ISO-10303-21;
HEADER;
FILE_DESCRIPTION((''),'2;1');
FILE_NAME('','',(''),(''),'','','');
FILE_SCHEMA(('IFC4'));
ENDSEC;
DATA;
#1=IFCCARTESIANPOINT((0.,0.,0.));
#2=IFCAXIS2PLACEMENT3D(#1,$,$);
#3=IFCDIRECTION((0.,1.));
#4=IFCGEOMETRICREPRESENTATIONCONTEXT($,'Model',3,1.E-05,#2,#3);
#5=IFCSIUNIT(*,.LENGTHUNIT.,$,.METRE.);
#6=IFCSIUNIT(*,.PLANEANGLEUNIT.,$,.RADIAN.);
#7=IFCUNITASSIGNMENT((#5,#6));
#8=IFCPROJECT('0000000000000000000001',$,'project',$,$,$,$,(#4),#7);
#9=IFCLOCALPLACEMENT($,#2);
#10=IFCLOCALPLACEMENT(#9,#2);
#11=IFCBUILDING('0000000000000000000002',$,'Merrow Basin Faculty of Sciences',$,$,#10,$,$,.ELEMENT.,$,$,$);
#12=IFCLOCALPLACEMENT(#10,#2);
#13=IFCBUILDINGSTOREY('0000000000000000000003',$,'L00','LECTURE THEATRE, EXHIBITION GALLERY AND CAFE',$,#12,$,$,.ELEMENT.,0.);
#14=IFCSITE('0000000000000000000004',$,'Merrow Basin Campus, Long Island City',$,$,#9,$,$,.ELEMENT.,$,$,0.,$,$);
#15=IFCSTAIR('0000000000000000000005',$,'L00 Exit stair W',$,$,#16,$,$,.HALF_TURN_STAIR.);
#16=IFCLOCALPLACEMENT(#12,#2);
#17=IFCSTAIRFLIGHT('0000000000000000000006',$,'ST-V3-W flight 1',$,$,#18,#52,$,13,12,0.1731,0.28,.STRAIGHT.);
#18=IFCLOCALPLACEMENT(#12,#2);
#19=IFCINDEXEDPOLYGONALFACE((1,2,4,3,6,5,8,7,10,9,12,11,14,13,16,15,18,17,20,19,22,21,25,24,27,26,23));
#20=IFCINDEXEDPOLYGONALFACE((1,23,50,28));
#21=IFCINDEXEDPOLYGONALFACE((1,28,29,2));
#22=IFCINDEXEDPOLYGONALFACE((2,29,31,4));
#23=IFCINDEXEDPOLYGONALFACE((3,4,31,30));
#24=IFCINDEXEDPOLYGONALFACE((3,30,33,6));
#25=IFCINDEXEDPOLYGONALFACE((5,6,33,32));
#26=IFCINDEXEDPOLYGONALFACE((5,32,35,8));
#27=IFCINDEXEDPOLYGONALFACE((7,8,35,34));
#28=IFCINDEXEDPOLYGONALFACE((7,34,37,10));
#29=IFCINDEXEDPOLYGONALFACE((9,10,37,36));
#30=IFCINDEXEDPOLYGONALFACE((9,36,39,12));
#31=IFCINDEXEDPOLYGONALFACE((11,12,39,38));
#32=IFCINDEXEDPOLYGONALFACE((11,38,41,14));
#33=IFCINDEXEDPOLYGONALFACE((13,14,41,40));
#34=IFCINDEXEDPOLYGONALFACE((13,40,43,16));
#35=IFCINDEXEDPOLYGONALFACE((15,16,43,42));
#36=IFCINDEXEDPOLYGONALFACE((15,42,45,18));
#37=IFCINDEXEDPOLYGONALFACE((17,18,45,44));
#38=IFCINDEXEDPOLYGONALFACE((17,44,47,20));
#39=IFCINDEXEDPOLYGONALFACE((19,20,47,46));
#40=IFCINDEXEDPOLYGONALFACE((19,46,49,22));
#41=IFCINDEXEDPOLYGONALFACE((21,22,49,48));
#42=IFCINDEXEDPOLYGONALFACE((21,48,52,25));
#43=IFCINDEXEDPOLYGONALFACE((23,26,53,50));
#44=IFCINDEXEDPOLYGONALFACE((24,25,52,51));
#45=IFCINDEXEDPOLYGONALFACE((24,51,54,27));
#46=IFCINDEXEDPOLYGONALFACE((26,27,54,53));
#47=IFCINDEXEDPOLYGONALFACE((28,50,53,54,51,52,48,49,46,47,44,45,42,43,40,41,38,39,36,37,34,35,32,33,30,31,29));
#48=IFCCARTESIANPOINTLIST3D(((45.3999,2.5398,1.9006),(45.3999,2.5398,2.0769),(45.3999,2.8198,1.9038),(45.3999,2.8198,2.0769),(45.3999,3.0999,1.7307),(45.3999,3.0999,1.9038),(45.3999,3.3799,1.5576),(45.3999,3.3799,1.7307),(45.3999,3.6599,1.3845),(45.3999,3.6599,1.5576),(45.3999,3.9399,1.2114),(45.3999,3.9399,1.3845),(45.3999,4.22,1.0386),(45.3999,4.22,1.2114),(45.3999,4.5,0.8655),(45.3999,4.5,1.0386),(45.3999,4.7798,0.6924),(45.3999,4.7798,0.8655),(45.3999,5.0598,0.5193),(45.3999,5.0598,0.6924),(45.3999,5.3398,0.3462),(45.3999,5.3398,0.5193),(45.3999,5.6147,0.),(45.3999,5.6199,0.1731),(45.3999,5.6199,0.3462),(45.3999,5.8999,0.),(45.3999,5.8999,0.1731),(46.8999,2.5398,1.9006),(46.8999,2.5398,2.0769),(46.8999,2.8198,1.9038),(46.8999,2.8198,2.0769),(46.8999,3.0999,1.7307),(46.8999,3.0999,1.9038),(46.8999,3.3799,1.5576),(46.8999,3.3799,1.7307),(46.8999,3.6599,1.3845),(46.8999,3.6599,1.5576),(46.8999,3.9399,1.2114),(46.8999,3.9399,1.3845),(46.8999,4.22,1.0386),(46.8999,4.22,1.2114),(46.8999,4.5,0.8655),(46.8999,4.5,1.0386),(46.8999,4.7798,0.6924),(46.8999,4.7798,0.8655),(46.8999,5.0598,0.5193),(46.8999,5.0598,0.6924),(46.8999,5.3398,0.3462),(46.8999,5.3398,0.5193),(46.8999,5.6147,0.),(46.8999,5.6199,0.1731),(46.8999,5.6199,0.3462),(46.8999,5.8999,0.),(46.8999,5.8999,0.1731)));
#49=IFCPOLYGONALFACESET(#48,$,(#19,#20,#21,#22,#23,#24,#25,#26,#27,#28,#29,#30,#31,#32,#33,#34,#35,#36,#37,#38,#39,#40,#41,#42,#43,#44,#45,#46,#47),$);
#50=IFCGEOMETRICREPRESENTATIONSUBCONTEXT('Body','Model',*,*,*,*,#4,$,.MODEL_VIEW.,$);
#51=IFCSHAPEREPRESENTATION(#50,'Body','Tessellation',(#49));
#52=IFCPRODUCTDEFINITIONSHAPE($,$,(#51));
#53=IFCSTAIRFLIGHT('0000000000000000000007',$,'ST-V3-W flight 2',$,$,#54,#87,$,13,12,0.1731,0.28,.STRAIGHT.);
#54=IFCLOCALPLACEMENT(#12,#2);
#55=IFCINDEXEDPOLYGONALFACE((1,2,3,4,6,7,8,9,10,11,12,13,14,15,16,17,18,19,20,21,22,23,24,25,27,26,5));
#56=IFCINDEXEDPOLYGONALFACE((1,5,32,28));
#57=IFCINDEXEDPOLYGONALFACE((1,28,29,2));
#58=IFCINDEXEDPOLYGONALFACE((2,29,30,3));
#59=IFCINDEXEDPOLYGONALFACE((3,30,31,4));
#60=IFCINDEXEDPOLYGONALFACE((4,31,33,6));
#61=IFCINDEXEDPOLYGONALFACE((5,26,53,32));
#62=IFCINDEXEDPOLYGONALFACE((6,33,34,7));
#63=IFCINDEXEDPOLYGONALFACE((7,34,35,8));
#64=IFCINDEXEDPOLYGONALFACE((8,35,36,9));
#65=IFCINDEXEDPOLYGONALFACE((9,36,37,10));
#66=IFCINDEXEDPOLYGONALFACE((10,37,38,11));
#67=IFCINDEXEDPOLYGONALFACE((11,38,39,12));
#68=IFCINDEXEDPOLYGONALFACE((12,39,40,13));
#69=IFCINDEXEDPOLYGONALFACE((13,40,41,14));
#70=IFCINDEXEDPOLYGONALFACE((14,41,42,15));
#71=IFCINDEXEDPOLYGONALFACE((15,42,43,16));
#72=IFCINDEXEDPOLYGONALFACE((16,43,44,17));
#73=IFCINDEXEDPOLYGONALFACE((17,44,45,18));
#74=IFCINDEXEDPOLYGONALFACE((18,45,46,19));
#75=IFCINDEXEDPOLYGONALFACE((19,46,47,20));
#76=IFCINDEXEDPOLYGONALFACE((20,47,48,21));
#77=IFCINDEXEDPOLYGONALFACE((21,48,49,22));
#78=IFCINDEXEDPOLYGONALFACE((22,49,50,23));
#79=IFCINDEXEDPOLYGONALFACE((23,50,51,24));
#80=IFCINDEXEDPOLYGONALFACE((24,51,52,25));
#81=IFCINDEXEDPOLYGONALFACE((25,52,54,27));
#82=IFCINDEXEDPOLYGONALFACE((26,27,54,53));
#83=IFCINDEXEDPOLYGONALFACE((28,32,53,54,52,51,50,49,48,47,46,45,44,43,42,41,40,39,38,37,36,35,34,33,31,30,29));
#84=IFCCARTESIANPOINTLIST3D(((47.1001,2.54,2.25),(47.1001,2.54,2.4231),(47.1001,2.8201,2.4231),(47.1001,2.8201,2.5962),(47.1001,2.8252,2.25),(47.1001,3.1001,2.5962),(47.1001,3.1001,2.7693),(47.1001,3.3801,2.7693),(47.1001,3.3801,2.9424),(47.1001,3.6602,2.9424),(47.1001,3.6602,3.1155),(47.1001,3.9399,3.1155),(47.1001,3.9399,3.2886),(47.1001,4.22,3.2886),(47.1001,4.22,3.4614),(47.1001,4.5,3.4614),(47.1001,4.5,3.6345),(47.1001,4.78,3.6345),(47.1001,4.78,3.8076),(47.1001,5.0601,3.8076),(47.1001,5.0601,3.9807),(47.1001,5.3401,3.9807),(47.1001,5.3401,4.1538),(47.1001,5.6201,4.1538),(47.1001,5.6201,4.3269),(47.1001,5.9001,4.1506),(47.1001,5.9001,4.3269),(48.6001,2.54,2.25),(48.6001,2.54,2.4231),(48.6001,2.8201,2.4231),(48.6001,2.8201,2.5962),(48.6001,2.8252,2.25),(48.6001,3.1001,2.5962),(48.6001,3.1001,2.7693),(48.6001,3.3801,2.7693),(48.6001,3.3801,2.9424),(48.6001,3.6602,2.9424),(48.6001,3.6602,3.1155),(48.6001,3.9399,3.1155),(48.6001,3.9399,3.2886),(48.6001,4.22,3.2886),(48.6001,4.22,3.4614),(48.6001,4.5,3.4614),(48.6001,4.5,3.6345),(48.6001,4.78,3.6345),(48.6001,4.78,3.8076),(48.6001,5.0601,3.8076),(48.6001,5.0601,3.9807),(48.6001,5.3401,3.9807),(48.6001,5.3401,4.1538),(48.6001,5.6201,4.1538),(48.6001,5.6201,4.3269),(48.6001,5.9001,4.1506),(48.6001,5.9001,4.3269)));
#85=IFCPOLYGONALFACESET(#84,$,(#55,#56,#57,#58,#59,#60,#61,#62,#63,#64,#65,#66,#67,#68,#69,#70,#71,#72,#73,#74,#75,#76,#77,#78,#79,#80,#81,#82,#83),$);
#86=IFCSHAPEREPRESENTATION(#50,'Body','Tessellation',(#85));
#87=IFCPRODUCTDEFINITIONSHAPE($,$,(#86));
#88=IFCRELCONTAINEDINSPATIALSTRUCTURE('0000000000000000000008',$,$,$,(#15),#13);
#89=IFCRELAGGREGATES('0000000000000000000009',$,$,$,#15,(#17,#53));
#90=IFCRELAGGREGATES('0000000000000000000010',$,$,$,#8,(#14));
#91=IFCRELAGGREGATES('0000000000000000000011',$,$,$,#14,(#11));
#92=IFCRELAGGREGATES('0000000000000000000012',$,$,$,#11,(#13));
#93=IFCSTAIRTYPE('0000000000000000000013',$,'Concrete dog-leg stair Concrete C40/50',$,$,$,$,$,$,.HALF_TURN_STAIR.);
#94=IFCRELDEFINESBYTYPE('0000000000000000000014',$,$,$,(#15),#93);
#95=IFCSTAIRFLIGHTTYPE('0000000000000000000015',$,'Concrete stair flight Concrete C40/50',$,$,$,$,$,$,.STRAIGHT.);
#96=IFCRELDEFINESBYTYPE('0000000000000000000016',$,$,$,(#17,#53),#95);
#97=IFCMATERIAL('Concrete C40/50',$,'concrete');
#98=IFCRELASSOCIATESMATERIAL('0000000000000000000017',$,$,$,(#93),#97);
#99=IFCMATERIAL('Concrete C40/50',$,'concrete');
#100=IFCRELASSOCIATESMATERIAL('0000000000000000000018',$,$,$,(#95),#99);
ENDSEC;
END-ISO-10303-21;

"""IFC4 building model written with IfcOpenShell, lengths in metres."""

from ifc_helpers import new_model, si_unit, direction, frame, origin, place, context, subcontext, project, spatial, polyline, outline, extrude, material, type_object, element, aggregate, save


model = new_model("IFC4")

# Units and contexts
model_context = context("Model", 3, precision=1e-05, world=origin(), true_north=direction((0.0, 1.0)))
body_context = subcontext(model_context, "Body", "Model", "MODEL_VIEW")
ifc_project = project(units=[si_unit("LENGTHUNIT", "METRE"), si_unit("PLANEANGLEUNIT", "RADIAN")], contexts=[model_context])

# Site, building, storey
site_placement = place(None, origin())
site = spatial("IfcSite", under=ifc_project, at=site_placement, Name="Merrow Basin Campus, Long Island City", CompositionType="ELEMENT", RefElevation=0.0)
building_placement = place(site_placement, origin())
building = spatial("IfcBuilding", under=site, at=building_placement, Name="Merrow Basin Faculty of Sciences", CompositionType="ELEMENT")
storey_placement = place(building_placement, origin())
storey = spatial("IfcBuildingStorey", under=building, at=storey_placement, Name="L00", Description="LECTURE THEATRE, EXHIBITION GALLERY AND CAFE", CompositionType="ELEMENT", Elevation=0.0)

# Stair, stair flights
ifc_material_1 = material(Name="Concrete C40/50", Category="concrete")
stair_type = type_object("IfcStairType", Name="Concrete dog-leg stair Concrete C40/50", PredefinedType="HALF_TURN_STAIR", material=ifc_material_1)
stair_placement = place(storey_placement, origin())
stair = element("IfcStair", 1, at=stair_placement, inside=storey, type_object=stair_type, Name="L00 Exit stair W", PredefinedType="HALF_TURN_STAIR")
ifc_material_2 = material(Name="Concrete C40/50", Category="concrete")
stair_flight_type = type_object("IfcStairFlightType", Name="Concrete stair flight Concrete C40/50", PredefinedType="STRAIGHT", material=ifc_material_2)
stair_flight_1_placement = place(storey_placement, frame((46.1499, 5.8999, 0.0), z_axis=(0.0, 0.0, 1.0), x_axis=(0.0, -1.0, 0.0)))
stair_flight_1 = element("IfcStairFlight", 2, at=stair_flight_1_placement, type_object=stair_flight_type, Name="ST-V3-W flight 1", NumberOfRisers=13, NumberOfTreads=12, PredefinedType="STRAIGHT", RiserHeight=0.1731, TreadLength=0.28, context=body_context, shape_type="SweptSolid", body=[
    extrude(outline(polyline([(0.0, 0.0), (0.0, 0.1731), (0.28, 0.1731), (0.28, 0.3462), (0.5601, 0.3462), (0.5601, 0.5193), (0.8401, 0.5193), (0.8401, 0.6924), (1.1201, 0.6924), (1.1201, 0.8655), (1.3999, 0.8655), (1.3999, 1.0386), (1.6799, 1.0386), (1.6799, 1.2114), (1.96, 1.2114), (1.96, 1.3845), (2.24, 1.3845), (2.24, 1.5576), (2.52, 1.5576), (2.52, 1.7307), (2.8, 1.7307), (2.8, 1.9038), (3.0801, 1.9038), (3.0801, 2.0769), (3.3601, 2.0769), (3.3601, 2.25), (3.3601, 1.9006), (0.2852, 0.0), (0.0, 0.0)])), frame((0.0, 0.75, 0.0), z_axis=(0.0, -1.0, 0.0), x_axis=(1.0, 0.0, 0.0)), (0.0, 0.0, 1.0), 1.5),
])
stair_flight_2_placement = place(storey_placement, frame((47.8501, 2.54, 2.25), z_axis=(0.0, 0.0, 1.0), x_axis=(0.0, 1.0, 0.0)))
stair_flight_2 = element("IfcStairFlight", 3, at=stair_flight_2_placement, type_object=stair_flight_type, Name="ST-V3-W flight 2", NumberOfRisers=13, NumberOfTreads=12, PredefinedType="STRAIGHT", RiserHeight=0.1731, TreadLength=0.28, context=body_context, shape_type="SweptSolid", body=[
    extrude(outline(polyline([(0.0, 0.0), (0.0, 0.1731), (0.28, 0.1731), (0.28, 0.3462), (0.5601, 0.3462), (0.5601, 0.5193), (0.8401, 0.5193), (0.8401, 0.6924), (1.1201, 0.6924), (1.1201, 0.8655), (1.3999, 0.8655), (1.3999, 1.0386), (1.6799, 1.0386), (1.6799, 1.2114), (1.96, 1.2114), (1.96, 1.3845), (2.24, 1.3845), (2.24, 1.5576), (2.52, 1.5576), (2.52, 1.7307), (2.8, 1.7307), (2.8, 1.9038), (3.0801, 1.9038), (3.0801, 2.0769), (3.3601, 2.0769), (3.3601, 2.25), (3.3601, 1.9006), (0.2852, 0.0), (0.0, 0.0)])), frame((0.0, 0.75, 0.0), z_axis=(0.0, -1.0, 0.0), x_axis=(1.0, 0.0, 0.0)), (0.0, 0.0, 1.0), 1.5),
])
aggregate(stair, [stair_flight_1, stair_flight_2])

save(model, "model.ifc")
